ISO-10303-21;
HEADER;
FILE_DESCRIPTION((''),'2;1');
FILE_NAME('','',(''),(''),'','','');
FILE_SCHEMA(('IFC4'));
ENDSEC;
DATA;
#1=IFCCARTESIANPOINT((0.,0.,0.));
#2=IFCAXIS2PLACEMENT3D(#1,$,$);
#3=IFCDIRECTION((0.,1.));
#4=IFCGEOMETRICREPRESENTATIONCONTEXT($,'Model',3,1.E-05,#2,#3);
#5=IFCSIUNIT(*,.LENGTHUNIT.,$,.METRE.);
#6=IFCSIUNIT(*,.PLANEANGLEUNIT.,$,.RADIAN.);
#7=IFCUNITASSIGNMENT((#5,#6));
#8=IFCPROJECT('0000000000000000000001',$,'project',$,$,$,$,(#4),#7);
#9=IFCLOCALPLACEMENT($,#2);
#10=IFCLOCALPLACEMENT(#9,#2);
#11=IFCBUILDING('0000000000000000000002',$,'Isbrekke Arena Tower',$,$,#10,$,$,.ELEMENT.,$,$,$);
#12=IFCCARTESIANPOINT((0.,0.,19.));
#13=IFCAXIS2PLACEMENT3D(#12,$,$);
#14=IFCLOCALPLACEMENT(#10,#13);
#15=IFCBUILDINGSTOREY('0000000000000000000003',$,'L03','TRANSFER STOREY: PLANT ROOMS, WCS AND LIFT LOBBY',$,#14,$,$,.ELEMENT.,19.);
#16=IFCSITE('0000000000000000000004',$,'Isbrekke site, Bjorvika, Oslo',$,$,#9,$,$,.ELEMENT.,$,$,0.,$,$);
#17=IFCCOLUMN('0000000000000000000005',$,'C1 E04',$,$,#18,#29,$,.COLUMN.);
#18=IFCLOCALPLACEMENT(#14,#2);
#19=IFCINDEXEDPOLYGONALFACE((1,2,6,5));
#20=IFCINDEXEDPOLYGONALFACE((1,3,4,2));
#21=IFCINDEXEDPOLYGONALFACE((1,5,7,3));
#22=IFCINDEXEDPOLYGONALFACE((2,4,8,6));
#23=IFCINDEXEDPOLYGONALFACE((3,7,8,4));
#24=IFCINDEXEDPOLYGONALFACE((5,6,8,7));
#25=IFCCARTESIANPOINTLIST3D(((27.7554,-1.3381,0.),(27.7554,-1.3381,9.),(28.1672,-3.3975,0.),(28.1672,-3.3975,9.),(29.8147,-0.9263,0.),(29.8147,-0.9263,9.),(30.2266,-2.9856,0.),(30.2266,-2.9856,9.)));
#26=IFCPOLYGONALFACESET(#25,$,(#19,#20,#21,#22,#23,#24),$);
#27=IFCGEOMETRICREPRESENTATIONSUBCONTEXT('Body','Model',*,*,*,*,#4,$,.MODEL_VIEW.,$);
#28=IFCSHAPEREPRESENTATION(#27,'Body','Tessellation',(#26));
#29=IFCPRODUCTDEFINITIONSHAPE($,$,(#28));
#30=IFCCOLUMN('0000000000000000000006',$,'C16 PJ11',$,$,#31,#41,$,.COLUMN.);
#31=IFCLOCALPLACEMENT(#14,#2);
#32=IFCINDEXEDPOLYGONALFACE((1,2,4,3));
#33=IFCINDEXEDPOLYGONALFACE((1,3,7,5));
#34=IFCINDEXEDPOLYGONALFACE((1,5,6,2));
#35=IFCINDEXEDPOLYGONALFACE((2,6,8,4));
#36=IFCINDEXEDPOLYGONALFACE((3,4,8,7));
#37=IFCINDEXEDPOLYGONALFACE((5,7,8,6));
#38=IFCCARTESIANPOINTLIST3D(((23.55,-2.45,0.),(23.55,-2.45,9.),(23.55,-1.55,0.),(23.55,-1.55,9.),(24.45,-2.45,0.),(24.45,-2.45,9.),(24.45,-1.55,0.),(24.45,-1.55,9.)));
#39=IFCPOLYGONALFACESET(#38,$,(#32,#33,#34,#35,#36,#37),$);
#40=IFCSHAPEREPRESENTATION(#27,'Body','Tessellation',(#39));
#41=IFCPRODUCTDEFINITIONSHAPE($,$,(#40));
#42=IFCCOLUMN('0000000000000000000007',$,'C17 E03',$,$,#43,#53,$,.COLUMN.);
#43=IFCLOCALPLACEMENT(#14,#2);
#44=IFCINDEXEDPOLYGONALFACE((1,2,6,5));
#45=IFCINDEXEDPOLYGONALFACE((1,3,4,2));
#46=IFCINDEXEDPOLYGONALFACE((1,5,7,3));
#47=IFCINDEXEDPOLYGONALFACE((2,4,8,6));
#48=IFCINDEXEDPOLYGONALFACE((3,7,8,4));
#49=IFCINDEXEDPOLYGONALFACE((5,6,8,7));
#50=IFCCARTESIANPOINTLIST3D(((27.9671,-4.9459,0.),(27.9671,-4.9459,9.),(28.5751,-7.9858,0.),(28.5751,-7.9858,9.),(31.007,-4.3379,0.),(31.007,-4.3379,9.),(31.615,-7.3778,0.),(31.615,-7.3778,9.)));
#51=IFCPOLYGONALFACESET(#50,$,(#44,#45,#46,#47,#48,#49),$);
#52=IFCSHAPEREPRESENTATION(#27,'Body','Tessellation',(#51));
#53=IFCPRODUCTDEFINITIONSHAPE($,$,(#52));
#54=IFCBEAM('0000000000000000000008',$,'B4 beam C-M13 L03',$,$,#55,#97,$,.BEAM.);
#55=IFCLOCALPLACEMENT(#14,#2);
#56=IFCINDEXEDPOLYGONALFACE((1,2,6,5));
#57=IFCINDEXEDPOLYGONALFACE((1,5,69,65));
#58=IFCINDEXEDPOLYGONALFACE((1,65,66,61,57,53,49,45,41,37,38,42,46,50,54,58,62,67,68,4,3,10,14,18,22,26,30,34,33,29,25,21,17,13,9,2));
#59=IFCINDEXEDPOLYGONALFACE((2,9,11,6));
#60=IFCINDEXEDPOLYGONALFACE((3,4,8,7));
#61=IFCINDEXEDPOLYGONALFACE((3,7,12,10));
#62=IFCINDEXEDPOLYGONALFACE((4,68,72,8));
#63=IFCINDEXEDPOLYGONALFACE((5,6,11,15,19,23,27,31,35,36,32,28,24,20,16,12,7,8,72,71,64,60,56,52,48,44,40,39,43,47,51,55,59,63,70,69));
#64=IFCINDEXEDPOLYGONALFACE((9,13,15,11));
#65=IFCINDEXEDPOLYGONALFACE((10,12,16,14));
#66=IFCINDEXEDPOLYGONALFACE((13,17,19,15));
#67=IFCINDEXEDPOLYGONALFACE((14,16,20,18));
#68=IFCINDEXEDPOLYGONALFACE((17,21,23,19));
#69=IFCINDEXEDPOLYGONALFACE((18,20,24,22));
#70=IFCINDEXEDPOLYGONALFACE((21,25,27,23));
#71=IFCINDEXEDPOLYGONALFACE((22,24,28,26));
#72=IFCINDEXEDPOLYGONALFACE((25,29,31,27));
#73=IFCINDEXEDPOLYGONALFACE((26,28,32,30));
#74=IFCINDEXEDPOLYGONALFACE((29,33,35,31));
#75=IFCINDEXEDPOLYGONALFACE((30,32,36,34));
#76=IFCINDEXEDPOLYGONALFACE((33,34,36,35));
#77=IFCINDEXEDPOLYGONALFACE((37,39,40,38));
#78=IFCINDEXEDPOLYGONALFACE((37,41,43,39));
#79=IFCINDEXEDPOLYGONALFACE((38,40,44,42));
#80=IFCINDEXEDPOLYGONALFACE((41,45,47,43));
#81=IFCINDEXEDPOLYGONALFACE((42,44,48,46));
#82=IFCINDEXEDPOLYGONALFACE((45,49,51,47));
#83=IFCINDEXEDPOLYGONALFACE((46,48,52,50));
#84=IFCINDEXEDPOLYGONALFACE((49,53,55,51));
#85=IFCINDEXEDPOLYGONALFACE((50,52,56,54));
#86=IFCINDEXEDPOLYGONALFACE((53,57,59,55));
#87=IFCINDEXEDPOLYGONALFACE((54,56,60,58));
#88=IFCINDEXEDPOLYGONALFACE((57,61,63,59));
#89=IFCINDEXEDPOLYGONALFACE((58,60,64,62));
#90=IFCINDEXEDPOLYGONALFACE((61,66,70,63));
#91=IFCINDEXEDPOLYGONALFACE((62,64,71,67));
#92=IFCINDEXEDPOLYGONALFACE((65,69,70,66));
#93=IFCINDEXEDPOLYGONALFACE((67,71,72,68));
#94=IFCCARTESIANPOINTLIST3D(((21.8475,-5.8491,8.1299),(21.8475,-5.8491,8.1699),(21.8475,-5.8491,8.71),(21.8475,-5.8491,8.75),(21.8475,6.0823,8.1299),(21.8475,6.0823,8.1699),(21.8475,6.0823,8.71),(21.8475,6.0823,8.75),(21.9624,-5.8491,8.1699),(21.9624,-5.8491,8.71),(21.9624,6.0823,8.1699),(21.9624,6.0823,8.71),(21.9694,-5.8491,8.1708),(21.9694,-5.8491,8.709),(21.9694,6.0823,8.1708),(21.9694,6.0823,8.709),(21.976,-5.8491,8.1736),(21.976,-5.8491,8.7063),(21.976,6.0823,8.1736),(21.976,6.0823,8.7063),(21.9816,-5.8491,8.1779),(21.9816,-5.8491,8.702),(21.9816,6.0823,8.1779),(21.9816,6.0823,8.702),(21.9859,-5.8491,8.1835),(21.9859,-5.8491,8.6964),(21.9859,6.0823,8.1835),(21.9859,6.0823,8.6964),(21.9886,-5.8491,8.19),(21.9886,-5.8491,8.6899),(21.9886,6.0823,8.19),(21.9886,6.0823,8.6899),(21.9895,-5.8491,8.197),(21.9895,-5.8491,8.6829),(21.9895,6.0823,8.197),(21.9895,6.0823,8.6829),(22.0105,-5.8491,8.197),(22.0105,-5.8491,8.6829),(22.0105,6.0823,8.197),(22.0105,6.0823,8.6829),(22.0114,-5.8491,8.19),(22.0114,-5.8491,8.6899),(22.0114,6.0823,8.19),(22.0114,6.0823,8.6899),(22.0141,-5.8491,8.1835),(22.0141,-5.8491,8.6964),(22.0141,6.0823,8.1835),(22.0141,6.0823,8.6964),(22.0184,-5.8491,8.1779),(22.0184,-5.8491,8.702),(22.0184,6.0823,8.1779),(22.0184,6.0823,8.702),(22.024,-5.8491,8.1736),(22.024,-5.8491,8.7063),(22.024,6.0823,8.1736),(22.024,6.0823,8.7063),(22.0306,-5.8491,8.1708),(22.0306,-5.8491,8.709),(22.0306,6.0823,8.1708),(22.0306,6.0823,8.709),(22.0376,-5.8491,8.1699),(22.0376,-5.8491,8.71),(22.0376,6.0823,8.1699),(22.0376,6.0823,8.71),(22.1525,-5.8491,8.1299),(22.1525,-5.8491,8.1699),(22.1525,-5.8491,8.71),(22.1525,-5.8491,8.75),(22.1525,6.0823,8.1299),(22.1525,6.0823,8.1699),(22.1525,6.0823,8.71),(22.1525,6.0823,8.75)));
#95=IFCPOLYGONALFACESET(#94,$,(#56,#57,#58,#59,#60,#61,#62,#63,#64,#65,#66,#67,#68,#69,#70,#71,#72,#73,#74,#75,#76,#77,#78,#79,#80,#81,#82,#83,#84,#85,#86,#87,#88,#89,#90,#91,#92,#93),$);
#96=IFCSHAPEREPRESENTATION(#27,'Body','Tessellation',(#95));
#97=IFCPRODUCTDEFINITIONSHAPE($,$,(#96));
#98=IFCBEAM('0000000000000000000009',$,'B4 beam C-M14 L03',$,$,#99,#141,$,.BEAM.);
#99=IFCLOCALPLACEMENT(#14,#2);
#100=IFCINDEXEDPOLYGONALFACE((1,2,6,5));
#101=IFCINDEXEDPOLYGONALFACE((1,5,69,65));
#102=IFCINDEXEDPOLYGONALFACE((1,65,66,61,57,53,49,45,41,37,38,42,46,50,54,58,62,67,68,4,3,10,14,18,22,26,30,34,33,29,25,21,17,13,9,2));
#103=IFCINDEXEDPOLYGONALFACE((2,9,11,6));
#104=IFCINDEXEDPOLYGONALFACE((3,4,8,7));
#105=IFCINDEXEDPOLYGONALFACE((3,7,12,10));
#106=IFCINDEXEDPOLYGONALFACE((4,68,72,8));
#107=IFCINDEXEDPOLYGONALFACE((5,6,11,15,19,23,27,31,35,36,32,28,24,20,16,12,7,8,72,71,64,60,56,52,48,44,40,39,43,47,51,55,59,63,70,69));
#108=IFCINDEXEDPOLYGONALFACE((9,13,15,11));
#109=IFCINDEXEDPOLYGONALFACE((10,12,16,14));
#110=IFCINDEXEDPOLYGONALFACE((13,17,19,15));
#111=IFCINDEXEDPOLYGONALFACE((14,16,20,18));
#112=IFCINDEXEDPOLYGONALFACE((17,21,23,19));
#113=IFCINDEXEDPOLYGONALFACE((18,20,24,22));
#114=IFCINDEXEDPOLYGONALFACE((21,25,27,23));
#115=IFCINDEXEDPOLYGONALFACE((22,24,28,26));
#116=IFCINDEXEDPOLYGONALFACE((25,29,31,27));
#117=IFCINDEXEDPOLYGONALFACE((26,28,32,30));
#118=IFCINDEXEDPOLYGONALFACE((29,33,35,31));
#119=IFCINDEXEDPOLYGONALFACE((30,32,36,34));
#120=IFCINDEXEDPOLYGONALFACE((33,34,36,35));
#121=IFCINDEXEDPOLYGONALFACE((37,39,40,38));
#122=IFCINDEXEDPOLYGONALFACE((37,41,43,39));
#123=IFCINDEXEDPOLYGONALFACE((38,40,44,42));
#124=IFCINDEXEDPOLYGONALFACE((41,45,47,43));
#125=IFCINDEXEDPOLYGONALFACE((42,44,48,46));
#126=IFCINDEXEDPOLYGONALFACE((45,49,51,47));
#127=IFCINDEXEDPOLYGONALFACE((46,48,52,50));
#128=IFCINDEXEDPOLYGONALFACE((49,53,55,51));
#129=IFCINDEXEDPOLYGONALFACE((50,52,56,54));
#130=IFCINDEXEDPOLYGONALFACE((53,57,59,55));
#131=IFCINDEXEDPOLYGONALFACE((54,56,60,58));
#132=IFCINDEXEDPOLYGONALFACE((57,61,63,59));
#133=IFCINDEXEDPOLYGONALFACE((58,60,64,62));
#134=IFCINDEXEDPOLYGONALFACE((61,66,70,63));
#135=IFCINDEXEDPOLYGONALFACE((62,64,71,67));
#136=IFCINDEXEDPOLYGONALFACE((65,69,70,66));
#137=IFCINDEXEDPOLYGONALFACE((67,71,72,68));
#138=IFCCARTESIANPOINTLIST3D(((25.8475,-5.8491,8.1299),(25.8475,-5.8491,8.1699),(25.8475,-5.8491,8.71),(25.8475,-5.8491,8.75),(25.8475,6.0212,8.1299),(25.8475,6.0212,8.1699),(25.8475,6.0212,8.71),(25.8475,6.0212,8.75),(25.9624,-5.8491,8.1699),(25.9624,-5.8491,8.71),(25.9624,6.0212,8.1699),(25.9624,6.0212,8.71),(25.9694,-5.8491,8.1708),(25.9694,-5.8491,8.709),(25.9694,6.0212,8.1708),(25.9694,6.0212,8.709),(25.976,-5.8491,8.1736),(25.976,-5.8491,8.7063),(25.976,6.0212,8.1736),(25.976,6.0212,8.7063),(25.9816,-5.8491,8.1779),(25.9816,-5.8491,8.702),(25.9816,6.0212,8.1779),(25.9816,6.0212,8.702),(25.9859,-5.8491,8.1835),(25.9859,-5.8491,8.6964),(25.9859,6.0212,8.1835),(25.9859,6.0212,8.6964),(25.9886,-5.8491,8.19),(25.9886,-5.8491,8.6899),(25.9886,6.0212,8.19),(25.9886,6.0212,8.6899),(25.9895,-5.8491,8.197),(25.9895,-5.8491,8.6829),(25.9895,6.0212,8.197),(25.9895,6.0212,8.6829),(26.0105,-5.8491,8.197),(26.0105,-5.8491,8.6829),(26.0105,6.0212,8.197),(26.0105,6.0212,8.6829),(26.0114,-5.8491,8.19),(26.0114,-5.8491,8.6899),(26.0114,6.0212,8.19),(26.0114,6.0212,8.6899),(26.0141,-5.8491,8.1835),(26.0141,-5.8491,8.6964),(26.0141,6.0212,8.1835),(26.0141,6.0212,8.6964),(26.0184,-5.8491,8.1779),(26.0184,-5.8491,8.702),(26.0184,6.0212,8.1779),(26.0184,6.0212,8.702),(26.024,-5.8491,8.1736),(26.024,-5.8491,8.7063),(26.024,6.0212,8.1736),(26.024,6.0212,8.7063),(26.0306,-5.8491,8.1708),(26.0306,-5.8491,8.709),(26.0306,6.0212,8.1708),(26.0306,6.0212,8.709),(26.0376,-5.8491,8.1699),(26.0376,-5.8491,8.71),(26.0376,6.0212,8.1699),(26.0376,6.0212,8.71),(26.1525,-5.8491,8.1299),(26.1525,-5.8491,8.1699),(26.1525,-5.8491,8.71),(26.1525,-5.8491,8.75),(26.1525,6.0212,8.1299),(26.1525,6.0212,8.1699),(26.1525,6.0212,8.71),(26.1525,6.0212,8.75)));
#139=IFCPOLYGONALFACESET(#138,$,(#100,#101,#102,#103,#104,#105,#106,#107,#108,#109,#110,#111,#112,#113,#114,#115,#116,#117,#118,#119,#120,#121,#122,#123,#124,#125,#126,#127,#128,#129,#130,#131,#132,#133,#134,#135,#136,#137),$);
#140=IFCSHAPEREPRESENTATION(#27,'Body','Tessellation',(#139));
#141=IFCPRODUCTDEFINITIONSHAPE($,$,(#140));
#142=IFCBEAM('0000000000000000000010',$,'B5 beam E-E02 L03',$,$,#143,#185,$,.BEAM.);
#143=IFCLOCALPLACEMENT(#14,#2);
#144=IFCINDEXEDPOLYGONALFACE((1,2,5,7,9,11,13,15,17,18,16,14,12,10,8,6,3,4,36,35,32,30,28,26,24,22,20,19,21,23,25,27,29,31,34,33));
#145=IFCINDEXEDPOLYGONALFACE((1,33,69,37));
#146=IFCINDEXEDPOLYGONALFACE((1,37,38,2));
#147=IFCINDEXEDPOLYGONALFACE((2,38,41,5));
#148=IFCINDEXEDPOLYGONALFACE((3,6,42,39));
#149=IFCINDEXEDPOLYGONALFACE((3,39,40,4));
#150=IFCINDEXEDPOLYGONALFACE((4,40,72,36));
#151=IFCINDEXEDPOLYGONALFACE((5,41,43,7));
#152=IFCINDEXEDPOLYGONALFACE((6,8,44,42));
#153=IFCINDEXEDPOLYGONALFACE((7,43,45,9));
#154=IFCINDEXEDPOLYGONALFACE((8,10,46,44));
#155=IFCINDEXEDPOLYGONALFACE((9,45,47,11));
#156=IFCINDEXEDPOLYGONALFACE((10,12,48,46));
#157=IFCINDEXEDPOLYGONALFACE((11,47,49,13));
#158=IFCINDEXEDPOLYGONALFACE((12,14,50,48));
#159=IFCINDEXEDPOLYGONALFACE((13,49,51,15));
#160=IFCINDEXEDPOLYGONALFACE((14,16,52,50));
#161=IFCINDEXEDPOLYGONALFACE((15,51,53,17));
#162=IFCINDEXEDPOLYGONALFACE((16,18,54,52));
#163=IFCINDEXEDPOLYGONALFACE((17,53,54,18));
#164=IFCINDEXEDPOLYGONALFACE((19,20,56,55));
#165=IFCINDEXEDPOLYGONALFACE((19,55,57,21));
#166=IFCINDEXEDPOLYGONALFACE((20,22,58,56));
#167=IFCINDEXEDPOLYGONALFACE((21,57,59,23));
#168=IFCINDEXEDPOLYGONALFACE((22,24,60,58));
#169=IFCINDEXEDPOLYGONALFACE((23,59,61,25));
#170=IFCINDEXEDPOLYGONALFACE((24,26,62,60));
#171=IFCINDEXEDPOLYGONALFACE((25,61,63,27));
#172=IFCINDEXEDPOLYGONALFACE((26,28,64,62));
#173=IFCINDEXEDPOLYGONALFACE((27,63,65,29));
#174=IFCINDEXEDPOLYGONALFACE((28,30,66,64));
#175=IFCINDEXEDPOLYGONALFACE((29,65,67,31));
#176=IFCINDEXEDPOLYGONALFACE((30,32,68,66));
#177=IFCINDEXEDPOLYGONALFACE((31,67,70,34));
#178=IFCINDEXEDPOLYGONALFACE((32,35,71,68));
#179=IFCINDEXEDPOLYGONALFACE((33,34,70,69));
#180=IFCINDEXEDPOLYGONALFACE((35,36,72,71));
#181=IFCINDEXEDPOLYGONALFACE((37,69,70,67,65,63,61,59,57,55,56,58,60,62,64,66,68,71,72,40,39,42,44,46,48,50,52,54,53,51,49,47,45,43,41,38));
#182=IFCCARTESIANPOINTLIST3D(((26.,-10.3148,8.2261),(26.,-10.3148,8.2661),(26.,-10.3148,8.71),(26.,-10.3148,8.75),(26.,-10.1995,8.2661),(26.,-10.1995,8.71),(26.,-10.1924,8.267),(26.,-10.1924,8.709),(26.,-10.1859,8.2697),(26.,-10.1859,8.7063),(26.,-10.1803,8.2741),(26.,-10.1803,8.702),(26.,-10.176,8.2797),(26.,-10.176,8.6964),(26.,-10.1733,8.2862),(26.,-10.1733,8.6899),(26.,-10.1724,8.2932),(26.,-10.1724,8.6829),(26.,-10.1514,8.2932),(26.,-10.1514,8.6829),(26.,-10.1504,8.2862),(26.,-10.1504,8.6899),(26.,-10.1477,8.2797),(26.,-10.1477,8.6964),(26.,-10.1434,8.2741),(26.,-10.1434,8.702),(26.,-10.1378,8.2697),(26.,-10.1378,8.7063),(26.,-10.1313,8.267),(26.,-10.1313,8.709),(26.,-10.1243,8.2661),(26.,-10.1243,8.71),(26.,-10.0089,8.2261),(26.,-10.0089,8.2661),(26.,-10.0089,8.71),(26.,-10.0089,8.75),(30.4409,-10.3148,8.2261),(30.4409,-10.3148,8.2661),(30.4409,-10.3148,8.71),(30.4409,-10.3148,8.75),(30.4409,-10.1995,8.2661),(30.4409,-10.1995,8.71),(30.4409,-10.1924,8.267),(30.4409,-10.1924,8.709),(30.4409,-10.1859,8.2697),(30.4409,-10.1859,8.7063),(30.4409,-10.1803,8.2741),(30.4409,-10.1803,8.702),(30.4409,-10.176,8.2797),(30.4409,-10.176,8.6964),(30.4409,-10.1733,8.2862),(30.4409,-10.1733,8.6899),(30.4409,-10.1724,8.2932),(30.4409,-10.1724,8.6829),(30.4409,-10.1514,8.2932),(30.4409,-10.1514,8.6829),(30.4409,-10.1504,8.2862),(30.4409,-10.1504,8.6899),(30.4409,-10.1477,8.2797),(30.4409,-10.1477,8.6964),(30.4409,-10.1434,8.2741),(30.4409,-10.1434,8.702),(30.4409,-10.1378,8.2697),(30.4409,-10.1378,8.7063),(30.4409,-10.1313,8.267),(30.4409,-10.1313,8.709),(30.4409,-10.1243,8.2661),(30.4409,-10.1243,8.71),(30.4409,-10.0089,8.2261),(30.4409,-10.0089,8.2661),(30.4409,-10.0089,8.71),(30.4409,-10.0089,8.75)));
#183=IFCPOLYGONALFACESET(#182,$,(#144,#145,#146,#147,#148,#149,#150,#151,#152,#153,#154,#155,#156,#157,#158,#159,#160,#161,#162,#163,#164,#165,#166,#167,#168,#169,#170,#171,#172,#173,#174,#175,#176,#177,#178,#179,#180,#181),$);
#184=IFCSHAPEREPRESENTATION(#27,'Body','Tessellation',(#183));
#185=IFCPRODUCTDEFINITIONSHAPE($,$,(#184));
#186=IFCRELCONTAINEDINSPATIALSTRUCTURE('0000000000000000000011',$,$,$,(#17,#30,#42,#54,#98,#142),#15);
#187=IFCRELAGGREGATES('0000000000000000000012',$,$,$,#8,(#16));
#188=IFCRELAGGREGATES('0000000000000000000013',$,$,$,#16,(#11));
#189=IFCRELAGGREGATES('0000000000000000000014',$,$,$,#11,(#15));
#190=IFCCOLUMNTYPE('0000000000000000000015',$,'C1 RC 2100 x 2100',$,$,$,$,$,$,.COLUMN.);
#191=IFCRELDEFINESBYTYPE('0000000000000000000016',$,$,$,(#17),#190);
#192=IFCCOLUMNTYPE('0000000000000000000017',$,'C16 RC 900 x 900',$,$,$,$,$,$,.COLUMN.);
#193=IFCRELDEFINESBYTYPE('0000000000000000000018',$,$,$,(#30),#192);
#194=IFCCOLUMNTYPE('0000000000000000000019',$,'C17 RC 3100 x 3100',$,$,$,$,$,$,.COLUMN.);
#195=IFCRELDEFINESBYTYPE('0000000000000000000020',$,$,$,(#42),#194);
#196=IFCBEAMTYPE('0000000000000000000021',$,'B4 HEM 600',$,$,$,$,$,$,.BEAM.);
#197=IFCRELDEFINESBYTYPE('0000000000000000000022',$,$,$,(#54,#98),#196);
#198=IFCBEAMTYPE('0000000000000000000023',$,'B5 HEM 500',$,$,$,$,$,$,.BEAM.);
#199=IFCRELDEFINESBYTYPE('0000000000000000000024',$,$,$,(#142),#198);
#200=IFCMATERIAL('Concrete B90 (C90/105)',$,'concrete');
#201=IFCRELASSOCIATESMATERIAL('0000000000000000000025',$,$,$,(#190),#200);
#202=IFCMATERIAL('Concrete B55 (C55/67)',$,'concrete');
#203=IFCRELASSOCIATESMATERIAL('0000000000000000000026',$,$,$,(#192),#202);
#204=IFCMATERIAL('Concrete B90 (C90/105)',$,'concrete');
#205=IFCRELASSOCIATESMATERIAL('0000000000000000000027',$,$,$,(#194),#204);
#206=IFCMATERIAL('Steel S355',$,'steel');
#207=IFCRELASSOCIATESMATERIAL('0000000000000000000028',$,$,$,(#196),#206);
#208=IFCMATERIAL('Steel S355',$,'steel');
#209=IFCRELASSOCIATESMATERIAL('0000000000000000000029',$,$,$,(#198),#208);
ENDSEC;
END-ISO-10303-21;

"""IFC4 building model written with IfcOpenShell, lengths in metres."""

from ifc_helpers import new_model, si_unit, direction, frame, origin, origin_2d, place, context, subcontext, project, spatial, rectangle, i_section, extrude, material, material_profile, profile_set, type_object, element, save


model = new_model("IFC4")

# Units and contexts
model_context = context("Model", 3, precision=1e-05, world=origin(), true_north=direction((0.0, 1.0)))
body_context = subcontext(model_context, "Body", "Model", "MODEL_VIEW")
ifc_project = project(units=[si_unit("LENGTHUNIT", "METRE"), si_unit("PLANEANGLEUNIT", "RADIAN")], contexts=[model_context])

# Site, building, storey
site_placement = place(None, origin())
site = spatial("IfcSite", under=ifc_project, at=site_placement, Name="Isbrekke site, Bjorvika, Oslo", CompositionType="ELEMENT", RefElevation=0.0)
building_placement = place(site_placement, origin())
building = spatial("IfcBuilding", under=site, at=building_placement, Name="Isbrekke Arena Tower", CompositionType="ELEMENT")
storey_placement = place(building_placement, frame((0.0, 0.0, 19.0)))
storey = spatial("IfcBuildingStorey", under=building, at=storey_placement, Name="L03", Description="TRANSFER STOREY: PLANT ROOMS, WCS AND LIFT LOBBY", CompositionType="ELEMENT", Elevation=19.0)

# Columns
ifc_material_1 = material(Name="Concrete B90 (C90/105)", Category="concrete")
ifc_material_profile_1 = material_profile(ifc_material_1, rectangle(XDim=2.1001, YDim=2.1001, at=origin_2d()), Name="RC 2100x2100")
ifc_profile_set_1 = profile_set([ifc_material_profile_1], Name="Concrete B90 (C90/105)")
column_type_1 = type_object("IfcColumnType", Name="C1 RC 2100 x 2100", PredefinedType="COLUMN", material=ifc_profile_set_1)
column_1_placement = place(storey_placement, frame((28.991, -2.1619, 0.0), z_axis=(0.0, 0.0, 1.0), x_axis=(-0.196116, 0.980581, 0.0)))
element("IfcColumn", 1, at=column_1_placement, inside=storey, type_object=column_type_1, Name="C1 E04", PredefinedType="COLUMN", context=body_context, shape_type="SweptSolid", body=[
    extrude(rectangle(XDim=2.1001, YDim=2.1001, at=origin_2d()), origin(), (0.0, 0.0, 1.0), 9.0),
])
ifc_material_2 = material(Name="Concrete B55 (C55/67)", Category="concrete")
ifc_material_profile_2 = material_profile(ifc_material_2, rectangle(XDim=0.8999, YDim=0.8999, at=origin_2d()), Name="RC 900x900")
ifc_profile_set_2 = profile_set([ifc_material_profile_2], Name="Concrete B55 (C55/67)")
column_type_2 = type_object("IfcColumnType", Name="C16 RC 900 x 900", PredefinedType="COLUMN", material=ifc_profile_set_2)
column_2_placement = place(storey_placement, frame((24.0, -2.0, 0.0), z_axis=(0.0, 0.0, 1.0), x_axis=(1.0, 0.0, 0.0)))
element("IfcColumn", 2, at=column_2_placement, inside=storey, type_object=column_type_2, Name="C16 PJ11", PredefinedType="COLUMN", context=body_context, shape_type="SweptSolid", body=[
    extrude(rectangle(XDim=0.8999, YDim=0.8999, at=origin_2d()), origin(), (0.0, 0.0, 1.0), 9.0),
])
ifc_material_3 = material(Name="Concrete B90 (C90/105)", Category="concrete")
ifc_material_profile_3 = material_profile(ifc_material_3, rectangle(XDim=3.1001, YDim=3.1001, at=origin_2d()), Name="RC 3100x3100")
ifc_profile_set_3 = profile_set([ifc_material_profile_3], Name="Concrete B90 (C90/105)")
column_type_3 = type_object("IfcColumnType", Name="C17 RC 3100 x 3100", PredefinedType="COLUMN", material=ifc_profile_set_3)
column_3_placement = place(storey_placement, frame((29.791, -6.1619, 0.0), z_axis=(0.0, 0.0, 1.0), x_axis=(-0.196116, 0.980581, 0.0)))
element("IfcColumn", 3, at=column_3_placement, inside=storey, type_object=column_type_3, Name="C17 E03", PredefinedType="COLUMN", context=body_context, shape_type="SweptSolid", body=[
    extrude(rectangle(XDim=3.1001, YDim=3.1001, at=origin_2d()), origin(), (0.0, 0.0, 1.0), 9.0),
])

# Beams
ifc_material_4 = material(Name="Steel S355", Category="steel")
ifc_material_profile_4 = material_profile(ifc_material_4, i_section(OverallWidth=0.3049, OverallDepth=0.6201, WebThickness=0.021, FlangeThickness=0.04, FilletRadius=0.0271, at=origin_2d()), Name="HEM 600")
ifc_profile_set_4 = profile_set([ifc_material_profile_4], Name="Steel S355")
beam_type_1 = type_object("IfcBeamType", Name="B4 HEM 600", PredefinedType="BEAM", material=ifc_profile_set_4)
beam_1_placement = place(storey_placement, frame((22.0, -5.8491, 8.4399), z_axis=(0.0, 1.0, 0.0), x_axis=(-1.0, 0.0, 0.0)))
element("IfcBeam", 4, at=beam_1_placement, inside=storey, type_object=beam_type_1, Name="B4 beam C-M13 L03", PredefinedType="BEAM", context=body_context, shape_type="SweptSolid", body=[
    extrude(i_section(OverallWidth=0.3049, OverallDepth=0.6201, WebThickness=0.021, FlangeThickness=0.04, FilletRadius=0.0271, at=origin_2d()), origin(), (0.0, 0.0, 1.0), 11.9314),
])
beam_2_placement = place(storey_placement, frame((26.0, -5.8491, 8.4399), z_axis=(0.0, 1.0, 0.0), x_axis=(-1.0, 0.0, 0.0)))
element("IfcBeam", 5, at=beam_2_placement, inside=storey, type_object=beam_type_1, Name="B4 beam C-M14 L03", PredefinedType="BEAM", context=body_context, shape_type="SweptSolid", body=[
    extrude(i_section(OverallWidth=0.3049, OverallDepth=0.6201, WebThickness=0.021, FlangeThickness=0.04, FilletRadius=0.0271, at=origin_2d()), origin(), (0.0, 0.0, 1.0), 11.8704),
])
ifc_material_5 = material(Name="Steel S355", Category="steel")
ifc_material_profile_5 = material_profile(ifc_material_5, i_section(OverallWidth=0.3059, OverallDepth=0.5239, WebThickness=0.021, FlangeThickness=0.04, FilletRadius=0.0271, at=origin_2d()), Name="HEM 500")
ifc_profile_set_5 = profile_set([ifc_material_profile_5], Name="Steel S355")
beam_type_2 = type_object("IfcBeamType", Name="B5 HEM 500", PredefinedType="BEAM", material=ifc_profile_set_5)
beam_3_placement = place(storey_placement, frame((30.4409, -10.1619, 8.488), z_axis=(-1.0, 0.0, 0.0), x_axis=(0.0, -1.0, 0.0)))
element("IfcBeam", 6, at=beam_3_placement, inside=storey, type_object=beam_type_2, Name="B5 beam E-E02 L03", PredefinedType="BEAM", context=body_context, shape_type="SweptSolid", body=[
    extrude(i_section(OverallWidth=0.3059, OverallDepth=0.5239, WebThickness=0.021, FlangeThickness=0.04, FilletRadius=0.0271, at=origin_2d()), origin(), (0.0, 0.0, 1.0), 4.4409),
])

save(model, "model.ifc")
